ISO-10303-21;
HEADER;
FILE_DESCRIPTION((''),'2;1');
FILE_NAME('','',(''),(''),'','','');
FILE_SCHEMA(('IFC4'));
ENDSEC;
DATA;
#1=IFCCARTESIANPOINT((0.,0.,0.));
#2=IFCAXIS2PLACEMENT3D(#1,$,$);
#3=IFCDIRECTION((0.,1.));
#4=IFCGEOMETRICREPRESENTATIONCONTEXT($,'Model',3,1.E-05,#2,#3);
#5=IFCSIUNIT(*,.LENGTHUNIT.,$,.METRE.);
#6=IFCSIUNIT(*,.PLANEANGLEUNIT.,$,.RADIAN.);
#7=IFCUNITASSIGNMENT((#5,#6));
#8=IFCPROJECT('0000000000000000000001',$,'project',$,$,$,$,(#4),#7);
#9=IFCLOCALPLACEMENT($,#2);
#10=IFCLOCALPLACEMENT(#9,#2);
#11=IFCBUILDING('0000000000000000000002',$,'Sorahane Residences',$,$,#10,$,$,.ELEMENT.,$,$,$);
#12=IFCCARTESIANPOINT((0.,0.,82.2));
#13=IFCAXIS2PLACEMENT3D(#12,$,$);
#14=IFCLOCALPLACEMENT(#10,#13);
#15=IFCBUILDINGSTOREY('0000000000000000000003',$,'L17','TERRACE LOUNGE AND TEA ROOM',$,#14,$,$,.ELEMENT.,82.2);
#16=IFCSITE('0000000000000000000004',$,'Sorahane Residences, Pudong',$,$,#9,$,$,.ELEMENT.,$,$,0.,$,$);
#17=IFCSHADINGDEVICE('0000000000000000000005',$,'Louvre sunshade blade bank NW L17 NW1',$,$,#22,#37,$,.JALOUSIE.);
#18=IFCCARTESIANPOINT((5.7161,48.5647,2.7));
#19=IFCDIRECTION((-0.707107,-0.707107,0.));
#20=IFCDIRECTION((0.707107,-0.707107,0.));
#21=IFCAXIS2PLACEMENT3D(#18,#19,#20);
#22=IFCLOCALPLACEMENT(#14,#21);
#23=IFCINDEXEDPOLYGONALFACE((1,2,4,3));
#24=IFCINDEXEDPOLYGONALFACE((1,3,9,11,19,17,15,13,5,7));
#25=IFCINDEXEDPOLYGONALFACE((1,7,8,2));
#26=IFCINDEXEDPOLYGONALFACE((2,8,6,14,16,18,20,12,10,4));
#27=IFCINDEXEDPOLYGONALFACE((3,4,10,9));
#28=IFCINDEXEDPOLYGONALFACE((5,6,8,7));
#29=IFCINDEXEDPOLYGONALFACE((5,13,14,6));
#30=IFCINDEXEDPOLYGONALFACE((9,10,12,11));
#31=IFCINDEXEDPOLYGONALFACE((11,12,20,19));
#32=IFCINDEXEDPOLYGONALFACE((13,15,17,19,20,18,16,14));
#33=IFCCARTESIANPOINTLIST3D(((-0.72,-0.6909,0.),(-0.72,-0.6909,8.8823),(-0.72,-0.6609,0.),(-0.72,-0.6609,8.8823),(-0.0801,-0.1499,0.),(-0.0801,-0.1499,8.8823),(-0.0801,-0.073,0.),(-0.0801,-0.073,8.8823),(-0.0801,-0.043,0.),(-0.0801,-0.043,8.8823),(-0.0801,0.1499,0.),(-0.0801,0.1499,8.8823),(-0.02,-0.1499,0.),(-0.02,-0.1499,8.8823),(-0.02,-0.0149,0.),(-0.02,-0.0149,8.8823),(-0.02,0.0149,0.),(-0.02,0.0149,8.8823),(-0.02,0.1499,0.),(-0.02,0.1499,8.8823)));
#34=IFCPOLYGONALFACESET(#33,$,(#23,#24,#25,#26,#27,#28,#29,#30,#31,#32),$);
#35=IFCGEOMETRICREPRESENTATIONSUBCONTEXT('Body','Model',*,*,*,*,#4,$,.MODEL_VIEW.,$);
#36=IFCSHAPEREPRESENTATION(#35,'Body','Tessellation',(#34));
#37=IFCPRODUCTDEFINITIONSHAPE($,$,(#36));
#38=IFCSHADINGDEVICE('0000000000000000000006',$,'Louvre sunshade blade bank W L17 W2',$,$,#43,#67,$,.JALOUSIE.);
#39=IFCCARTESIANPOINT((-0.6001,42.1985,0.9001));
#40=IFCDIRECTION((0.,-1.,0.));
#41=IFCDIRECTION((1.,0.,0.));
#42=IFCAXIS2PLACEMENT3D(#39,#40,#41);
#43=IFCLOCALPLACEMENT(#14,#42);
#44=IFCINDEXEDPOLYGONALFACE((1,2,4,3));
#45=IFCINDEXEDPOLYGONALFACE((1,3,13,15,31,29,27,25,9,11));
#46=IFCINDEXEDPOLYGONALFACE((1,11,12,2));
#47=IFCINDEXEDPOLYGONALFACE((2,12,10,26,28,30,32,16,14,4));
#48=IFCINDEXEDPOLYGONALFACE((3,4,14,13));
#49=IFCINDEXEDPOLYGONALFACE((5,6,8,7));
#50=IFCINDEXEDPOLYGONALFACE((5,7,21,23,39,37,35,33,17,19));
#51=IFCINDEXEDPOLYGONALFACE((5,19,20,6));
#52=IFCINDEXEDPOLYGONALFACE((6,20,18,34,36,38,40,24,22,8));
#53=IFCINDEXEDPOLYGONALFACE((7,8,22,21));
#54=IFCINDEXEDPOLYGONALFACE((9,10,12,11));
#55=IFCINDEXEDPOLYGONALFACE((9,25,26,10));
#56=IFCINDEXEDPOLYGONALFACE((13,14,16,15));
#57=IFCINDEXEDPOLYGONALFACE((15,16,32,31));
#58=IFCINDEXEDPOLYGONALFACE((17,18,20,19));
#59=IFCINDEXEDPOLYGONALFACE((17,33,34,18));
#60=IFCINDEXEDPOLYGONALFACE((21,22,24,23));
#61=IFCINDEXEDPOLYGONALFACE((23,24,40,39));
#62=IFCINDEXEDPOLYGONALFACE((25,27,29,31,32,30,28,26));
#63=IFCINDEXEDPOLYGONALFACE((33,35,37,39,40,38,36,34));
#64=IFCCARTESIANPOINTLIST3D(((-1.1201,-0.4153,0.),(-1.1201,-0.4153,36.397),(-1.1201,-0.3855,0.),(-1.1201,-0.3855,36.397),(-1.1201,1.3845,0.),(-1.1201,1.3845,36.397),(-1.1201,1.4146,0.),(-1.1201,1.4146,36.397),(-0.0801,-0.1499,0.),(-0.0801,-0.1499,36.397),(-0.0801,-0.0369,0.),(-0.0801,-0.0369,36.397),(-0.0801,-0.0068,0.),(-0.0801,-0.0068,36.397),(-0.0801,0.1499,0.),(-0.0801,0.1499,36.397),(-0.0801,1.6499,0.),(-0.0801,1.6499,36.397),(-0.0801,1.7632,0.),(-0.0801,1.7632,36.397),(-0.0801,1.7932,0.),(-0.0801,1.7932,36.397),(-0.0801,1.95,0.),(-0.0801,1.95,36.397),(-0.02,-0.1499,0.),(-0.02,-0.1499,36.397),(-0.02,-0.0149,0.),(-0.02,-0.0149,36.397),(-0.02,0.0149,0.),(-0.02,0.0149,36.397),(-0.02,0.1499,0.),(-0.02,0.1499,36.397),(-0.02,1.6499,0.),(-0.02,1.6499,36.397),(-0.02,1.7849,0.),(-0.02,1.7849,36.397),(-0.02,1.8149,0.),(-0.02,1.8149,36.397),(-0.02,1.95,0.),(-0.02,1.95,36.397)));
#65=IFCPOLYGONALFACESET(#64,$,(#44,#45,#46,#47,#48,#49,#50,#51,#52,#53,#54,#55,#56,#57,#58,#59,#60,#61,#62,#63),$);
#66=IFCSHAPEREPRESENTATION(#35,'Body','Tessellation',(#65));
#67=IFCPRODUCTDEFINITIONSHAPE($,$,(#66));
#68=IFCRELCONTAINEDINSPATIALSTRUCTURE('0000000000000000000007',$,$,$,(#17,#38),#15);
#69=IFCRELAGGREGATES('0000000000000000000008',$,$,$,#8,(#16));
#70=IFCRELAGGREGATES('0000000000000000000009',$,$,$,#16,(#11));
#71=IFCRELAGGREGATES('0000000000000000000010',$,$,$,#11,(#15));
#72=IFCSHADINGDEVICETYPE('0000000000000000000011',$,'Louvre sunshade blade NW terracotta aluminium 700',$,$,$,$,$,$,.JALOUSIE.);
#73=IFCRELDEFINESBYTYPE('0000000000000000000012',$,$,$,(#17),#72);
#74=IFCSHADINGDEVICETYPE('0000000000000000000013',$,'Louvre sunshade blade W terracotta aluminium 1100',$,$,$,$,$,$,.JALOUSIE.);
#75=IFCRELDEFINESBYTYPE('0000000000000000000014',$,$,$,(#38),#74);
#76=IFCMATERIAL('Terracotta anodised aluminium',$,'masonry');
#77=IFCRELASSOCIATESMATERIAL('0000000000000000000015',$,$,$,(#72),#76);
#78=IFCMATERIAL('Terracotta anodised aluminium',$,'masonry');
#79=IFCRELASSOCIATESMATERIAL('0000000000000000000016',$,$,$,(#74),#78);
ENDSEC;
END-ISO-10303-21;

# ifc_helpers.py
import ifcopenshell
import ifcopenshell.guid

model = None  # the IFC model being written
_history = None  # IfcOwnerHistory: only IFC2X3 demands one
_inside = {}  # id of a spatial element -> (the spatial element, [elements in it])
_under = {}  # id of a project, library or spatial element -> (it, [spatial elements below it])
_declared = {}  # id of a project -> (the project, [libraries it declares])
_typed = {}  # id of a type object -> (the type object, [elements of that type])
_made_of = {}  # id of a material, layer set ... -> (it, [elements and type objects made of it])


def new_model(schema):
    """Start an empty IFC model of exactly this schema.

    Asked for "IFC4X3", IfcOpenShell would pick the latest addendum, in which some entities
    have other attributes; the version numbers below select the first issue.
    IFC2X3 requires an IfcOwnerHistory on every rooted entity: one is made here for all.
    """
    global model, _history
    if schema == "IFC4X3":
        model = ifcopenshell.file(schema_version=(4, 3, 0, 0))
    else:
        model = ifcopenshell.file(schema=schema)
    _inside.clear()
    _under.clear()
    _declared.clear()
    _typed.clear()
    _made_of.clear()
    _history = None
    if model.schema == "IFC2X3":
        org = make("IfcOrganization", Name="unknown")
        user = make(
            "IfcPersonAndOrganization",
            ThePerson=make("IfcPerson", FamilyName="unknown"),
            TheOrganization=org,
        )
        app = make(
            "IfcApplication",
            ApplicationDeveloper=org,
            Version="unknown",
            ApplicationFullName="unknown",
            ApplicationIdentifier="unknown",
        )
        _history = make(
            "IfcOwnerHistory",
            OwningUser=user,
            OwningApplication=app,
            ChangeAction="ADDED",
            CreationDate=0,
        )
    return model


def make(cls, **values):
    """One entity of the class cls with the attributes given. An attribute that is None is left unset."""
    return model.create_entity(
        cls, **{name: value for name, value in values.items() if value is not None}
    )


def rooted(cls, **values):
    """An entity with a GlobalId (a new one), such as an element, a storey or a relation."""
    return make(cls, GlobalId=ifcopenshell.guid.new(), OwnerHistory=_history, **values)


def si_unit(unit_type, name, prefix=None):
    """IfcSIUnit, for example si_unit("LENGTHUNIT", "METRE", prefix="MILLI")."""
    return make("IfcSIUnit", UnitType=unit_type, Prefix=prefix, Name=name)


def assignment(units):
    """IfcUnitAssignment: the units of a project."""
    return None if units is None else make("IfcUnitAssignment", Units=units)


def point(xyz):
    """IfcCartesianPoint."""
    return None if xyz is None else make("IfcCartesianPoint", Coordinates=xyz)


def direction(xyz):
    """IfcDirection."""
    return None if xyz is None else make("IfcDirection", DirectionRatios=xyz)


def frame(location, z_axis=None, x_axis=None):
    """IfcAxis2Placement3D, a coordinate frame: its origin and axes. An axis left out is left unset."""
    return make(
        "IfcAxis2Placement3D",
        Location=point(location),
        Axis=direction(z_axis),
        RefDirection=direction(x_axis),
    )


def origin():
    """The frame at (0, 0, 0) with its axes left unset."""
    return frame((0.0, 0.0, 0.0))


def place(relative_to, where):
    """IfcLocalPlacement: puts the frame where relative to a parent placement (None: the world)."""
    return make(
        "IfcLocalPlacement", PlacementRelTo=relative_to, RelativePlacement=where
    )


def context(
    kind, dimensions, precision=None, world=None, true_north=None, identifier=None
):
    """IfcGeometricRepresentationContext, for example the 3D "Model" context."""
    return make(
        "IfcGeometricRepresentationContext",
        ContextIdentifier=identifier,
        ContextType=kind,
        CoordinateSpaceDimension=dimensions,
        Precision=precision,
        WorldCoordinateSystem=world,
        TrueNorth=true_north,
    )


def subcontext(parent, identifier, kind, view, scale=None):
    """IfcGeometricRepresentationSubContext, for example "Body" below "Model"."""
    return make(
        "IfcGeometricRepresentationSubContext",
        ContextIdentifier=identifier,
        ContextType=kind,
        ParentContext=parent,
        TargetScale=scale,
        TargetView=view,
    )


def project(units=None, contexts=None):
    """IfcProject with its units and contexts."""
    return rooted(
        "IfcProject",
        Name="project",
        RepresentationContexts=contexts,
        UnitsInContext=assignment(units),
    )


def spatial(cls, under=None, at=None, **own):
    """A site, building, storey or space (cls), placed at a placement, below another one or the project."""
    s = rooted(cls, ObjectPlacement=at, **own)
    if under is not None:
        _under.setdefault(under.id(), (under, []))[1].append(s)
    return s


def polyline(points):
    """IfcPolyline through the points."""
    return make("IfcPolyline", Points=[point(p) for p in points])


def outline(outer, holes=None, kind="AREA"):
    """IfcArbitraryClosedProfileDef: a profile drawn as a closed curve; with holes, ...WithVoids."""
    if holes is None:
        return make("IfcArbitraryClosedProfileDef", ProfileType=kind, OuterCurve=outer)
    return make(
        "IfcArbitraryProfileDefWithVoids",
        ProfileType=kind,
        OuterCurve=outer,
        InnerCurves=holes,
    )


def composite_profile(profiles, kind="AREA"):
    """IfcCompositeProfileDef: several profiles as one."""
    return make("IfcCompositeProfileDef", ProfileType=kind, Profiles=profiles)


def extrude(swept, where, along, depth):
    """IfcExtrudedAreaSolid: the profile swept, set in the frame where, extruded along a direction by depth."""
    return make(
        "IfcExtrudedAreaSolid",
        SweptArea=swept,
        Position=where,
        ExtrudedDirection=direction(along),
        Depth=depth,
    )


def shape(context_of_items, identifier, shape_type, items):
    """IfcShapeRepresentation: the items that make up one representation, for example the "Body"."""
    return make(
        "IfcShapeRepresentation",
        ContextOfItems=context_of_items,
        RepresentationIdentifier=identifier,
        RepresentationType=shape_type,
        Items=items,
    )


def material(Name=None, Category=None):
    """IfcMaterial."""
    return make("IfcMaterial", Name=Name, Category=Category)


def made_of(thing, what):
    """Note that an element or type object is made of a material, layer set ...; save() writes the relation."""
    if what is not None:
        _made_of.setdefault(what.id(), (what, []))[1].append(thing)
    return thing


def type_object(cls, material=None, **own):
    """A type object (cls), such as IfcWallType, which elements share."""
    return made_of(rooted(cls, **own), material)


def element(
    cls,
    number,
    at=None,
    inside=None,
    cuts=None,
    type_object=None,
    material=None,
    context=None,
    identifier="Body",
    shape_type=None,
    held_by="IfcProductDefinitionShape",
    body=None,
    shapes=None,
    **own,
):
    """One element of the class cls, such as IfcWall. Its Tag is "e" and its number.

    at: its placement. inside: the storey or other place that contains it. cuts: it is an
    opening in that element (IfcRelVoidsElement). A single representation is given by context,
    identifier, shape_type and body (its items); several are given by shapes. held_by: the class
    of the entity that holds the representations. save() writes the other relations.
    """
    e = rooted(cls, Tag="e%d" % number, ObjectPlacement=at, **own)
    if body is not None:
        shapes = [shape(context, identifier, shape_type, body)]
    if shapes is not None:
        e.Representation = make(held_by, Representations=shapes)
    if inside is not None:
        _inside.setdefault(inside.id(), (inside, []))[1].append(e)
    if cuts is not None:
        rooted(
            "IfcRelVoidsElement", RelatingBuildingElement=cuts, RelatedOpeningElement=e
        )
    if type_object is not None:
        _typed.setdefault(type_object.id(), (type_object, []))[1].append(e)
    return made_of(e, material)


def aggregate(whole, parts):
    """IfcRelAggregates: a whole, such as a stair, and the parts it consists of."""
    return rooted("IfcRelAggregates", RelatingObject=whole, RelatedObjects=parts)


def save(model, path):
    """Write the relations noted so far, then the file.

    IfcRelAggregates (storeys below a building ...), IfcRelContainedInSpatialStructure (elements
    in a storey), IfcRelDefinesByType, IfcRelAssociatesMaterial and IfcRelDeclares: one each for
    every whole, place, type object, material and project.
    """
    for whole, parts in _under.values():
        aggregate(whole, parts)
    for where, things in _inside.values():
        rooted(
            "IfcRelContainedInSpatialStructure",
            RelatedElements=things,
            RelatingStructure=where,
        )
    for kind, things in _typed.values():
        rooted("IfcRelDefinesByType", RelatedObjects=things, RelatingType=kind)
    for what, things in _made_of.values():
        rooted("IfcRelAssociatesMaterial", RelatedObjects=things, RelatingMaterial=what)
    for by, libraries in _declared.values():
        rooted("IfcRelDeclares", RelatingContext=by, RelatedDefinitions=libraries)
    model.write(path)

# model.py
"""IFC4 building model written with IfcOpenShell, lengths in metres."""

from ifc_helpers import new_model, si_unit, direction, frame, origin, place, context, subcontext, project, spatial, polyline, outline, composite_profile, extrude, material, type_object, element, save


model = new_model("IFC4")

# Units and contexts
model_context = context("Model", 3, precision=1e-05, world=origin(), true_north=direction((0.0, 1.0)))
body_context = subcontext(model_context, "Body", "Model", "MODEL_VIEW")
ifc_project = project(units=[si_unit("LENGTHUNIT", "METRE"), si_unit("PLANEANGLEUNIT", "RADIAN")], contexts=[model_context])

# Site, building, storey
site_placement = place(None, origin())
site = spatial("IfcSite", under=ifc_project, at=site_placement, Name="Sorahane Residences, Pudong", CompositionType="ELEMENT", RefElevation=0.0)
building_placement = place(site_placement, origin())
building = spatial("IfcBuilding", under=site, at=building_placement, Name="Sorahane Residences", CompositionType="ELEMENT")
storey_placement = place(building_placement, frame((0.0, 0.0, 82.2)))
storey = spatial("IfcBuildingStorey", under=building, at=storey_placement, Name="L17", Description="TERRACE LOUNGE AND TEA ROOM", CompositionType="ELEMENT", Elevation=82.2)

# Shading devices
ifc_material_1 = material(Name="Terracotta anodised aluminium", Category="masonry")
shading_device_type_1 = type_object("IfcShadingDeviceType", Name="Louvre sunshade blade NW terracotta aluminium 700", PredefinedType="JALOUSIE", material=ifc_material_1)
shading_device_1_placement = place(storey_placement, frame((5.7161, 48.5647, 2.7), z_axis=(-0.707107, -0.707107, 0.0), x_axis=(0.707107, -0.707107, 0.0)))
element("IfcShadingDevice", 1, at=shading_device_1_placement, inside=storey, type_object=shading_device_type_1, Name="Louvre sunshade blade bank NW L17 NW1", PredefinedType="JALOUSIE", context=body_context, shape_type="SweptSolid", body=[
    extrude(outline(polyline([(-0.72, -0.6609), (-0.72, -0.6909), (-0.0801, -0.073), (-0.0801, -0.1499), (-0.02, -0.1499), (-0.02, -0.0149), (-0.02, 0.0149), (-0.02, 0.1499), (-0.0801, 0.1499), (-0.0801, -0.043), (-0.72, -0.6609)])), origin(), (0.0, 0.0, 1.0), 8.8823),
])
ifc_material_2 = material(Name="Terracotta anodised aluminium", Category="masonry")
shading_device_type_2 = type_object("IfcShadingDeviceType", Name="Louvre sunshade blade W terracotta aluminium 1100", PredefinedType="JALOUSIE", material=ifc_material_2)
shading_device_2_placement = place(storey_placement, frame((-0.6001, 42.1985, 0.9001), z_axis=(0.0, -1.0, 0.0), x_axis=(1.0, 0.0, 0.0)))
element("IfcShadingDevice", 2, at=shading_device_2_placement, inside=storey, type_object=shading_device_type_2, Name="Louvre sunshade blade bank W L17 W2", PredefinedType="JALOUSIE", context=body_context, shape_type="SweptSolid", body=[
    extrude(composite_profile([outline(polyline([(-1.1201, -0.3855), (-1.1201, -0.4153), (-0.0801, -0.0369), (-0.0801, -0.1499), (-0.02, -0.1499), (-0.02, -0.0149), (-0.02, 0.0149), (-0.02, 0.1499), (-0.0801, 0.1499), (-0.0801, -0.0068), (-1.1201, -0.3855)])), outline(polyline([(-1.1201, 1.4146), (-1.1201, 1.3845), (-0.0801, 1.7632), (-0.0801, 1.6499), (-0.02, 1.6499), (-0.02, 1.7849), (-0.02, 1.8149), (-0.02, 1.95), (-0.0801, 1.95), (-0.0801, 1.7932), (-1.1201, 1.4146)]))]), origin(), (0.0, 0.0, 1.0), 36.397),
])

save(model, "model.ifc")
